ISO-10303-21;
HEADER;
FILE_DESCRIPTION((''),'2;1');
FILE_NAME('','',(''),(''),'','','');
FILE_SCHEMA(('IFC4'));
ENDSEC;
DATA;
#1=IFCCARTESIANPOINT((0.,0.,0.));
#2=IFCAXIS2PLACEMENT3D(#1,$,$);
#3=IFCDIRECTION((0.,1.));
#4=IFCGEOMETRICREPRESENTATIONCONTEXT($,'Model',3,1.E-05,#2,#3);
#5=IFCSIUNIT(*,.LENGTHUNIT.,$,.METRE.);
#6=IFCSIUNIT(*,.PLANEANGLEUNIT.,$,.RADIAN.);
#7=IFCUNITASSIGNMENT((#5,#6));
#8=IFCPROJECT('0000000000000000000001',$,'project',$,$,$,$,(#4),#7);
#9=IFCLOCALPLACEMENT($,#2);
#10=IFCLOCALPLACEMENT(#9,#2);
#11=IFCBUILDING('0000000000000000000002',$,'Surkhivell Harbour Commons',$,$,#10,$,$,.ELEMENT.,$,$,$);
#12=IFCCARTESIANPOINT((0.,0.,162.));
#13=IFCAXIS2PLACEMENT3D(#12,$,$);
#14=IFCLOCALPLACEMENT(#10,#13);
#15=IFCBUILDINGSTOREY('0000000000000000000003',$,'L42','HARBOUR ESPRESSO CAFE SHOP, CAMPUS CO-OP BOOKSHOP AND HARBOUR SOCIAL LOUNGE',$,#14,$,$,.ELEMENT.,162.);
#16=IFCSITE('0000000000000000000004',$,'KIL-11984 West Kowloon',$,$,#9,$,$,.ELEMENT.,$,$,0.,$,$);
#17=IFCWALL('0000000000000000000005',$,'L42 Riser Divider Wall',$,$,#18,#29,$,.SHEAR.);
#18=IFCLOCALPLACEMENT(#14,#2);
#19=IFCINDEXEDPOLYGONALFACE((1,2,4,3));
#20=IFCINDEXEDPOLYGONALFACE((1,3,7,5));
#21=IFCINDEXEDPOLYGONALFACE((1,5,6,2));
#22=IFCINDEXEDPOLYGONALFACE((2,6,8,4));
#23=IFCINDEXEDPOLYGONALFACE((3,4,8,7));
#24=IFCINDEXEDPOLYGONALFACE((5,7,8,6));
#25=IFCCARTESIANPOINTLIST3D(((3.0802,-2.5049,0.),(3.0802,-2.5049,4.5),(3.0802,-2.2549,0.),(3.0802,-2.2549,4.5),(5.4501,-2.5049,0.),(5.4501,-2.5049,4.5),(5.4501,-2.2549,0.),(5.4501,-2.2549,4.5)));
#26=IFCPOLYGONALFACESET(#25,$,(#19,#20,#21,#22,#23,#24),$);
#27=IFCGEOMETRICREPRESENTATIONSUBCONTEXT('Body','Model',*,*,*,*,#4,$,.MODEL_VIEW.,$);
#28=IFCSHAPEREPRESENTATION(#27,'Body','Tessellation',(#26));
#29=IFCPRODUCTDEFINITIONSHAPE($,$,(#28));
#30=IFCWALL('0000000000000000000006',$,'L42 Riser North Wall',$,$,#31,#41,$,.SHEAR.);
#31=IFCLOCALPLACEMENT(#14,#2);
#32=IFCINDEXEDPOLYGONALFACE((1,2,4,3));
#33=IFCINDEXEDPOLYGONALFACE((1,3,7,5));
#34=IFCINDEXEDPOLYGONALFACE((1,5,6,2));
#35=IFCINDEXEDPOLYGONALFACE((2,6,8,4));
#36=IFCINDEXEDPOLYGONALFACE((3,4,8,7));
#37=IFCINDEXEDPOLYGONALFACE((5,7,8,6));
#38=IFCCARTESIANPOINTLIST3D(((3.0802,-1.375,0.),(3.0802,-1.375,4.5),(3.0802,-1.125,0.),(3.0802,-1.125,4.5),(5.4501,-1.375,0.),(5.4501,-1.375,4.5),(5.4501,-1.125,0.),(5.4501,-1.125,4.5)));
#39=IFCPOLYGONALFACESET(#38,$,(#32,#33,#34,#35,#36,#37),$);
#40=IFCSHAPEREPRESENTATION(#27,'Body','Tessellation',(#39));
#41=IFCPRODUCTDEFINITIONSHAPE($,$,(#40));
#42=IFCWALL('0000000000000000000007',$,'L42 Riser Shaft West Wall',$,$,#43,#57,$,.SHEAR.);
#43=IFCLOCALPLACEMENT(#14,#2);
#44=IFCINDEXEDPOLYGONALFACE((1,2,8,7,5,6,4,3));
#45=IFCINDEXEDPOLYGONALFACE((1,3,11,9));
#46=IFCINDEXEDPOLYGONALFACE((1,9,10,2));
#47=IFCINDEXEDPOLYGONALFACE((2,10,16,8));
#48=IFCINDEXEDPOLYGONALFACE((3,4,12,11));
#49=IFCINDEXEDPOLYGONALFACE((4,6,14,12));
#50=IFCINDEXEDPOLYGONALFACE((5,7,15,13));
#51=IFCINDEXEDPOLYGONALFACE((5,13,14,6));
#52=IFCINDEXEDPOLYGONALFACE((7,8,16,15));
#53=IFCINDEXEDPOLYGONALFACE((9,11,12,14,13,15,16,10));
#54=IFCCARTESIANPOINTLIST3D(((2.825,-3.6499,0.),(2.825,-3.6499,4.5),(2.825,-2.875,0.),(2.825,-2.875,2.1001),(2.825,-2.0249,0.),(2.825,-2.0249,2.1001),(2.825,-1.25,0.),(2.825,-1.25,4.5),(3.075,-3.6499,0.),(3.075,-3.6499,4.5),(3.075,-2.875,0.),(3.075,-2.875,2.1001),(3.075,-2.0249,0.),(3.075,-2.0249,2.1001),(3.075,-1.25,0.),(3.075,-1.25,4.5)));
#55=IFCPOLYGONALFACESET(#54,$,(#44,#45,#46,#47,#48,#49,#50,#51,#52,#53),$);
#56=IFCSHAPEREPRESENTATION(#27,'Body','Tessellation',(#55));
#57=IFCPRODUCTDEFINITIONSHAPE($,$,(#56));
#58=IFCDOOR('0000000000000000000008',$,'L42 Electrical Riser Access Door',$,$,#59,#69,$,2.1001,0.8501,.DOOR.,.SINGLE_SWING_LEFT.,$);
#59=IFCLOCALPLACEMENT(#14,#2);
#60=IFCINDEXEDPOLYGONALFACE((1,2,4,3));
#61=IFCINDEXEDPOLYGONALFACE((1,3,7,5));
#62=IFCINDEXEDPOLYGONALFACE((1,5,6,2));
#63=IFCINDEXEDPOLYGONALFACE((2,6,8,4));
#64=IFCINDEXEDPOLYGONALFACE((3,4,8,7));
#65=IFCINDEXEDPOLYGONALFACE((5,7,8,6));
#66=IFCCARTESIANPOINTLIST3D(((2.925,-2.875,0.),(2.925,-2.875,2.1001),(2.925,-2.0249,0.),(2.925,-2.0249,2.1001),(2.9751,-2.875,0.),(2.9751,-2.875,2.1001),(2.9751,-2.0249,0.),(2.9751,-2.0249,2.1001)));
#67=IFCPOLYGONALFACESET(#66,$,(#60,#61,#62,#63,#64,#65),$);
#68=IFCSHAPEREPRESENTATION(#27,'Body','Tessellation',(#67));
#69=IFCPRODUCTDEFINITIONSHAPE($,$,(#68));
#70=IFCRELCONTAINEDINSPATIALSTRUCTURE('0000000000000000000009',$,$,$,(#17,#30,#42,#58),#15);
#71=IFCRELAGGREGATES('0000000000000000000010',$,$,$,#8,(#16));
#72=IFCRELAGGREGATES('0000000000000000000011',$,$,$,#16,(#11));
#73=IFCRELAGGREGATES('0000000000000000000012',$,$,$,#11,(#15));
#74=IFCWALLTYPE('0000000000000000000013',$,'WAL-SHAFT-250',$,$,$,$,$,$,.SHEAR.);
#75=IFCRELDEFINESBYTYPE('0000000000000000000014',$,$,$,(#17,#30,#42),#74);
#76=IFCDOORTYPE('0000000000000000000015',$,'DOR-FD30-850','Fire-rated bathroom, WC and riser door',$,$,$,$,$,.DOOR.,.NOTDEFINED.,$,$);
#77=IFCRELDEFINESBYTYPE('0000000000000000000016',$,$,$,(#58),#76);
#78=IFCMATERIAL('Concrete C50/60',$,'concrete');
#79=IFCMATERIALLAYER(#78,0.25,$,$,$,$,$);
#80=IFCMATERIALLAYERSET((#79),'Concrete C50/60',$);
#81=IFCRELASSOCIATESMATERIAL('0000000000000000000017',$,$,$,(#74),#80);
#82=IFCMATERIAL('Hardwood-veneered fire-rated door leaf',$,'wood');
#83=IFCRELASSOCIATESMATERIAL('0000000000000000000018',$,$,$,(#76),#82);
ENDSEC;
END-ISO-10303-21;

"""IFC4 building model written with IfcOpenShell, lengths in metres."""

from ifc_helpers import new_model, si_unit, direction, frame, frame_2d, origin, place, context, subcontext, project, spatial, rectangle, extrude, material, layer, layer_set, type_object, element, fill, save


model = new_model("IFC4")

# Units and contexts
model_context = context("Model", 3, precision=1e-05, world=origin(), true_north=direction((0.0, 1.0)))
body_context = subcontext(model_context, "Body", "Model", "MODEL_VIEW")
ifc_project = project(units=[si_unit("LENGTHUNIT", "METRE"), si_unit("PLANEANGLEUNIT", "RADIAN")], contexts=[model_context])

# Site, building, storey
site_placement = place(None, origin())
site = spatial("IfcSite", under=ifc_project, at=site_placement, Name="KIL-11984 West Kowloon", CompositionType="ELEMENT", RefElevation=0.0)
building_placement = place(site_placement, origin())
building = spatial("IfcBuilding", under=site, at=building_placement, Name="Surkhivell Harbour Commons", CompositionType="ELEMENT")
storey_placement = place(building_placement, frame((0.0, 0.0, 162.0)))
storey = spatial("IfcBuildingStorey", under=building, at=storey_placement, Name="L42", Description="HARBOUR ESPRESSO CAFE SHOP, CAMPUS CO-OP BOOKSHOP AND HARBOUR SOCIAL LOUNGE", CompositionType="ELEMENT", Elevation=162.0)

# Shared definitions
ifc_material_1 = material(Name="Hardwood-veneered fire-rated door leaf", Category="wood")

# Shared definitions
ifc_material_2 = material(Name="Concrete C50/60", Category="concrete")
ifc_layer_1 = layer(ifc_material_2, 0.25)
ifc_layer_set_1 = layer_set([ifc_layer_1], Name="Concrete C50/60")
wall_type_1 = type_object("IfcWallType", Name="WAL-SHAFT-250", PredefinedType="SHEAR", material=ifc_layer_set_1)

# Walls
for number, where, z_axis, x_axis, name in (
    (1, (3.0801, -2.3799, 0.0), (0.0, 0.0, 1.0), (1.0, 0.0, 0.0), "L42 Riser Divider Wall"),
    (2, (3.0801, -1.25, 0.0), (0.0, 0.0, 1.0), (1.0, 0.0, 0.0), "L42 Riser North Wall"),
):
    element("IfcWall", number, at=place(storey_placement, frame(where, z_axis=z_axis, x_axis=x_axis)), inside=storey, type_object=wall_type_1, Name=name, PredefinedType="SHEAR", context=body_context, shape_type="SweptSolid", body=[
        extrude(rectangle(XDim=2.3699, YDim=0.25, at=frame_2d((1.1851, 0.0))), origin(), (0.0, 0.0, 1.0), 4.5),
    ])

# Wall, opening, door
wall_1_placement = place(storey_placement, frame((2.95, -3.6499, 0.0), z_axis=(0.0, 0.0, 1.0), x_axis=(0.0, 1.0, 0.0)))
wall_1 = element("IfcWall", 3, at=wall_1_placement, inside=storey, type_object=wall_type_1, Name="L42 Riser Shaft West Wall", PredefinedType="SHEAR", context=body_context, shape_type="SweptSolid", body=[
    extrude(rectangle(XDim=2.3999, YDim=0.25, at=frame_2d((1.2, 0.0))), origin(), (0.0, 0.0, 1.0), 4.5),
])
opening_1_placement = place(wall_1_placement, frame((0.7749, 0.0, 0.0)))
opening_1 = element("IfcOpeningElement", 4, at=opening_1_placement, cuts=wall_1, PredefinedType="OPENING", context=body_context, shape_type="SweptSolid", body=[
    extrude(rectangle(XDim=0.8501, YDim=2.1001, at=frame_2d((0.425, 1.05))), frame((0.0, 0.135, 0.0), z_axis=(0.0, -1.0, 0.0), x_axis=(1.0, 0.0, 0.0)), (0.0, 0.0, 1.0), 0.27),
])
door_type_1 = type_object("IfcDoorType", Name="DOR-FD30-850", Description="Fire-rated bathroom, WC and riser door", OperationType="NOTDEFINED", PredefinedType="DOOR", material=ifc_material_1)
door_1_placement = place(opening_1_placement, origin())
door_1 = element("IfcDoor", 5, at=door_1_placement, inside=storey, type_object=door_type_1, Name="L42 Electrical Riser Access Door", OperationType="SINGLE_SWING_LEFT", OverallHeight=2.1001, OverallWidth=0.8501, PredefinedType="DOOR", context=body_context, shape_type="SweptSolid", body=[
    extrude(rectangle(XDim=0.8501, YDim=2.1001, at=frame_2d((0.425, 1.05))), frame((0.0, 0.0249, 0.0), z_axis=(0.0, -1.0, 0.0), x_axis=(1.0, 0.0, 0.0)), (0.0, 0.0, 1.0), 0.05),
])
fill(opening_1, door_1)

save(model, "model.ifc")
